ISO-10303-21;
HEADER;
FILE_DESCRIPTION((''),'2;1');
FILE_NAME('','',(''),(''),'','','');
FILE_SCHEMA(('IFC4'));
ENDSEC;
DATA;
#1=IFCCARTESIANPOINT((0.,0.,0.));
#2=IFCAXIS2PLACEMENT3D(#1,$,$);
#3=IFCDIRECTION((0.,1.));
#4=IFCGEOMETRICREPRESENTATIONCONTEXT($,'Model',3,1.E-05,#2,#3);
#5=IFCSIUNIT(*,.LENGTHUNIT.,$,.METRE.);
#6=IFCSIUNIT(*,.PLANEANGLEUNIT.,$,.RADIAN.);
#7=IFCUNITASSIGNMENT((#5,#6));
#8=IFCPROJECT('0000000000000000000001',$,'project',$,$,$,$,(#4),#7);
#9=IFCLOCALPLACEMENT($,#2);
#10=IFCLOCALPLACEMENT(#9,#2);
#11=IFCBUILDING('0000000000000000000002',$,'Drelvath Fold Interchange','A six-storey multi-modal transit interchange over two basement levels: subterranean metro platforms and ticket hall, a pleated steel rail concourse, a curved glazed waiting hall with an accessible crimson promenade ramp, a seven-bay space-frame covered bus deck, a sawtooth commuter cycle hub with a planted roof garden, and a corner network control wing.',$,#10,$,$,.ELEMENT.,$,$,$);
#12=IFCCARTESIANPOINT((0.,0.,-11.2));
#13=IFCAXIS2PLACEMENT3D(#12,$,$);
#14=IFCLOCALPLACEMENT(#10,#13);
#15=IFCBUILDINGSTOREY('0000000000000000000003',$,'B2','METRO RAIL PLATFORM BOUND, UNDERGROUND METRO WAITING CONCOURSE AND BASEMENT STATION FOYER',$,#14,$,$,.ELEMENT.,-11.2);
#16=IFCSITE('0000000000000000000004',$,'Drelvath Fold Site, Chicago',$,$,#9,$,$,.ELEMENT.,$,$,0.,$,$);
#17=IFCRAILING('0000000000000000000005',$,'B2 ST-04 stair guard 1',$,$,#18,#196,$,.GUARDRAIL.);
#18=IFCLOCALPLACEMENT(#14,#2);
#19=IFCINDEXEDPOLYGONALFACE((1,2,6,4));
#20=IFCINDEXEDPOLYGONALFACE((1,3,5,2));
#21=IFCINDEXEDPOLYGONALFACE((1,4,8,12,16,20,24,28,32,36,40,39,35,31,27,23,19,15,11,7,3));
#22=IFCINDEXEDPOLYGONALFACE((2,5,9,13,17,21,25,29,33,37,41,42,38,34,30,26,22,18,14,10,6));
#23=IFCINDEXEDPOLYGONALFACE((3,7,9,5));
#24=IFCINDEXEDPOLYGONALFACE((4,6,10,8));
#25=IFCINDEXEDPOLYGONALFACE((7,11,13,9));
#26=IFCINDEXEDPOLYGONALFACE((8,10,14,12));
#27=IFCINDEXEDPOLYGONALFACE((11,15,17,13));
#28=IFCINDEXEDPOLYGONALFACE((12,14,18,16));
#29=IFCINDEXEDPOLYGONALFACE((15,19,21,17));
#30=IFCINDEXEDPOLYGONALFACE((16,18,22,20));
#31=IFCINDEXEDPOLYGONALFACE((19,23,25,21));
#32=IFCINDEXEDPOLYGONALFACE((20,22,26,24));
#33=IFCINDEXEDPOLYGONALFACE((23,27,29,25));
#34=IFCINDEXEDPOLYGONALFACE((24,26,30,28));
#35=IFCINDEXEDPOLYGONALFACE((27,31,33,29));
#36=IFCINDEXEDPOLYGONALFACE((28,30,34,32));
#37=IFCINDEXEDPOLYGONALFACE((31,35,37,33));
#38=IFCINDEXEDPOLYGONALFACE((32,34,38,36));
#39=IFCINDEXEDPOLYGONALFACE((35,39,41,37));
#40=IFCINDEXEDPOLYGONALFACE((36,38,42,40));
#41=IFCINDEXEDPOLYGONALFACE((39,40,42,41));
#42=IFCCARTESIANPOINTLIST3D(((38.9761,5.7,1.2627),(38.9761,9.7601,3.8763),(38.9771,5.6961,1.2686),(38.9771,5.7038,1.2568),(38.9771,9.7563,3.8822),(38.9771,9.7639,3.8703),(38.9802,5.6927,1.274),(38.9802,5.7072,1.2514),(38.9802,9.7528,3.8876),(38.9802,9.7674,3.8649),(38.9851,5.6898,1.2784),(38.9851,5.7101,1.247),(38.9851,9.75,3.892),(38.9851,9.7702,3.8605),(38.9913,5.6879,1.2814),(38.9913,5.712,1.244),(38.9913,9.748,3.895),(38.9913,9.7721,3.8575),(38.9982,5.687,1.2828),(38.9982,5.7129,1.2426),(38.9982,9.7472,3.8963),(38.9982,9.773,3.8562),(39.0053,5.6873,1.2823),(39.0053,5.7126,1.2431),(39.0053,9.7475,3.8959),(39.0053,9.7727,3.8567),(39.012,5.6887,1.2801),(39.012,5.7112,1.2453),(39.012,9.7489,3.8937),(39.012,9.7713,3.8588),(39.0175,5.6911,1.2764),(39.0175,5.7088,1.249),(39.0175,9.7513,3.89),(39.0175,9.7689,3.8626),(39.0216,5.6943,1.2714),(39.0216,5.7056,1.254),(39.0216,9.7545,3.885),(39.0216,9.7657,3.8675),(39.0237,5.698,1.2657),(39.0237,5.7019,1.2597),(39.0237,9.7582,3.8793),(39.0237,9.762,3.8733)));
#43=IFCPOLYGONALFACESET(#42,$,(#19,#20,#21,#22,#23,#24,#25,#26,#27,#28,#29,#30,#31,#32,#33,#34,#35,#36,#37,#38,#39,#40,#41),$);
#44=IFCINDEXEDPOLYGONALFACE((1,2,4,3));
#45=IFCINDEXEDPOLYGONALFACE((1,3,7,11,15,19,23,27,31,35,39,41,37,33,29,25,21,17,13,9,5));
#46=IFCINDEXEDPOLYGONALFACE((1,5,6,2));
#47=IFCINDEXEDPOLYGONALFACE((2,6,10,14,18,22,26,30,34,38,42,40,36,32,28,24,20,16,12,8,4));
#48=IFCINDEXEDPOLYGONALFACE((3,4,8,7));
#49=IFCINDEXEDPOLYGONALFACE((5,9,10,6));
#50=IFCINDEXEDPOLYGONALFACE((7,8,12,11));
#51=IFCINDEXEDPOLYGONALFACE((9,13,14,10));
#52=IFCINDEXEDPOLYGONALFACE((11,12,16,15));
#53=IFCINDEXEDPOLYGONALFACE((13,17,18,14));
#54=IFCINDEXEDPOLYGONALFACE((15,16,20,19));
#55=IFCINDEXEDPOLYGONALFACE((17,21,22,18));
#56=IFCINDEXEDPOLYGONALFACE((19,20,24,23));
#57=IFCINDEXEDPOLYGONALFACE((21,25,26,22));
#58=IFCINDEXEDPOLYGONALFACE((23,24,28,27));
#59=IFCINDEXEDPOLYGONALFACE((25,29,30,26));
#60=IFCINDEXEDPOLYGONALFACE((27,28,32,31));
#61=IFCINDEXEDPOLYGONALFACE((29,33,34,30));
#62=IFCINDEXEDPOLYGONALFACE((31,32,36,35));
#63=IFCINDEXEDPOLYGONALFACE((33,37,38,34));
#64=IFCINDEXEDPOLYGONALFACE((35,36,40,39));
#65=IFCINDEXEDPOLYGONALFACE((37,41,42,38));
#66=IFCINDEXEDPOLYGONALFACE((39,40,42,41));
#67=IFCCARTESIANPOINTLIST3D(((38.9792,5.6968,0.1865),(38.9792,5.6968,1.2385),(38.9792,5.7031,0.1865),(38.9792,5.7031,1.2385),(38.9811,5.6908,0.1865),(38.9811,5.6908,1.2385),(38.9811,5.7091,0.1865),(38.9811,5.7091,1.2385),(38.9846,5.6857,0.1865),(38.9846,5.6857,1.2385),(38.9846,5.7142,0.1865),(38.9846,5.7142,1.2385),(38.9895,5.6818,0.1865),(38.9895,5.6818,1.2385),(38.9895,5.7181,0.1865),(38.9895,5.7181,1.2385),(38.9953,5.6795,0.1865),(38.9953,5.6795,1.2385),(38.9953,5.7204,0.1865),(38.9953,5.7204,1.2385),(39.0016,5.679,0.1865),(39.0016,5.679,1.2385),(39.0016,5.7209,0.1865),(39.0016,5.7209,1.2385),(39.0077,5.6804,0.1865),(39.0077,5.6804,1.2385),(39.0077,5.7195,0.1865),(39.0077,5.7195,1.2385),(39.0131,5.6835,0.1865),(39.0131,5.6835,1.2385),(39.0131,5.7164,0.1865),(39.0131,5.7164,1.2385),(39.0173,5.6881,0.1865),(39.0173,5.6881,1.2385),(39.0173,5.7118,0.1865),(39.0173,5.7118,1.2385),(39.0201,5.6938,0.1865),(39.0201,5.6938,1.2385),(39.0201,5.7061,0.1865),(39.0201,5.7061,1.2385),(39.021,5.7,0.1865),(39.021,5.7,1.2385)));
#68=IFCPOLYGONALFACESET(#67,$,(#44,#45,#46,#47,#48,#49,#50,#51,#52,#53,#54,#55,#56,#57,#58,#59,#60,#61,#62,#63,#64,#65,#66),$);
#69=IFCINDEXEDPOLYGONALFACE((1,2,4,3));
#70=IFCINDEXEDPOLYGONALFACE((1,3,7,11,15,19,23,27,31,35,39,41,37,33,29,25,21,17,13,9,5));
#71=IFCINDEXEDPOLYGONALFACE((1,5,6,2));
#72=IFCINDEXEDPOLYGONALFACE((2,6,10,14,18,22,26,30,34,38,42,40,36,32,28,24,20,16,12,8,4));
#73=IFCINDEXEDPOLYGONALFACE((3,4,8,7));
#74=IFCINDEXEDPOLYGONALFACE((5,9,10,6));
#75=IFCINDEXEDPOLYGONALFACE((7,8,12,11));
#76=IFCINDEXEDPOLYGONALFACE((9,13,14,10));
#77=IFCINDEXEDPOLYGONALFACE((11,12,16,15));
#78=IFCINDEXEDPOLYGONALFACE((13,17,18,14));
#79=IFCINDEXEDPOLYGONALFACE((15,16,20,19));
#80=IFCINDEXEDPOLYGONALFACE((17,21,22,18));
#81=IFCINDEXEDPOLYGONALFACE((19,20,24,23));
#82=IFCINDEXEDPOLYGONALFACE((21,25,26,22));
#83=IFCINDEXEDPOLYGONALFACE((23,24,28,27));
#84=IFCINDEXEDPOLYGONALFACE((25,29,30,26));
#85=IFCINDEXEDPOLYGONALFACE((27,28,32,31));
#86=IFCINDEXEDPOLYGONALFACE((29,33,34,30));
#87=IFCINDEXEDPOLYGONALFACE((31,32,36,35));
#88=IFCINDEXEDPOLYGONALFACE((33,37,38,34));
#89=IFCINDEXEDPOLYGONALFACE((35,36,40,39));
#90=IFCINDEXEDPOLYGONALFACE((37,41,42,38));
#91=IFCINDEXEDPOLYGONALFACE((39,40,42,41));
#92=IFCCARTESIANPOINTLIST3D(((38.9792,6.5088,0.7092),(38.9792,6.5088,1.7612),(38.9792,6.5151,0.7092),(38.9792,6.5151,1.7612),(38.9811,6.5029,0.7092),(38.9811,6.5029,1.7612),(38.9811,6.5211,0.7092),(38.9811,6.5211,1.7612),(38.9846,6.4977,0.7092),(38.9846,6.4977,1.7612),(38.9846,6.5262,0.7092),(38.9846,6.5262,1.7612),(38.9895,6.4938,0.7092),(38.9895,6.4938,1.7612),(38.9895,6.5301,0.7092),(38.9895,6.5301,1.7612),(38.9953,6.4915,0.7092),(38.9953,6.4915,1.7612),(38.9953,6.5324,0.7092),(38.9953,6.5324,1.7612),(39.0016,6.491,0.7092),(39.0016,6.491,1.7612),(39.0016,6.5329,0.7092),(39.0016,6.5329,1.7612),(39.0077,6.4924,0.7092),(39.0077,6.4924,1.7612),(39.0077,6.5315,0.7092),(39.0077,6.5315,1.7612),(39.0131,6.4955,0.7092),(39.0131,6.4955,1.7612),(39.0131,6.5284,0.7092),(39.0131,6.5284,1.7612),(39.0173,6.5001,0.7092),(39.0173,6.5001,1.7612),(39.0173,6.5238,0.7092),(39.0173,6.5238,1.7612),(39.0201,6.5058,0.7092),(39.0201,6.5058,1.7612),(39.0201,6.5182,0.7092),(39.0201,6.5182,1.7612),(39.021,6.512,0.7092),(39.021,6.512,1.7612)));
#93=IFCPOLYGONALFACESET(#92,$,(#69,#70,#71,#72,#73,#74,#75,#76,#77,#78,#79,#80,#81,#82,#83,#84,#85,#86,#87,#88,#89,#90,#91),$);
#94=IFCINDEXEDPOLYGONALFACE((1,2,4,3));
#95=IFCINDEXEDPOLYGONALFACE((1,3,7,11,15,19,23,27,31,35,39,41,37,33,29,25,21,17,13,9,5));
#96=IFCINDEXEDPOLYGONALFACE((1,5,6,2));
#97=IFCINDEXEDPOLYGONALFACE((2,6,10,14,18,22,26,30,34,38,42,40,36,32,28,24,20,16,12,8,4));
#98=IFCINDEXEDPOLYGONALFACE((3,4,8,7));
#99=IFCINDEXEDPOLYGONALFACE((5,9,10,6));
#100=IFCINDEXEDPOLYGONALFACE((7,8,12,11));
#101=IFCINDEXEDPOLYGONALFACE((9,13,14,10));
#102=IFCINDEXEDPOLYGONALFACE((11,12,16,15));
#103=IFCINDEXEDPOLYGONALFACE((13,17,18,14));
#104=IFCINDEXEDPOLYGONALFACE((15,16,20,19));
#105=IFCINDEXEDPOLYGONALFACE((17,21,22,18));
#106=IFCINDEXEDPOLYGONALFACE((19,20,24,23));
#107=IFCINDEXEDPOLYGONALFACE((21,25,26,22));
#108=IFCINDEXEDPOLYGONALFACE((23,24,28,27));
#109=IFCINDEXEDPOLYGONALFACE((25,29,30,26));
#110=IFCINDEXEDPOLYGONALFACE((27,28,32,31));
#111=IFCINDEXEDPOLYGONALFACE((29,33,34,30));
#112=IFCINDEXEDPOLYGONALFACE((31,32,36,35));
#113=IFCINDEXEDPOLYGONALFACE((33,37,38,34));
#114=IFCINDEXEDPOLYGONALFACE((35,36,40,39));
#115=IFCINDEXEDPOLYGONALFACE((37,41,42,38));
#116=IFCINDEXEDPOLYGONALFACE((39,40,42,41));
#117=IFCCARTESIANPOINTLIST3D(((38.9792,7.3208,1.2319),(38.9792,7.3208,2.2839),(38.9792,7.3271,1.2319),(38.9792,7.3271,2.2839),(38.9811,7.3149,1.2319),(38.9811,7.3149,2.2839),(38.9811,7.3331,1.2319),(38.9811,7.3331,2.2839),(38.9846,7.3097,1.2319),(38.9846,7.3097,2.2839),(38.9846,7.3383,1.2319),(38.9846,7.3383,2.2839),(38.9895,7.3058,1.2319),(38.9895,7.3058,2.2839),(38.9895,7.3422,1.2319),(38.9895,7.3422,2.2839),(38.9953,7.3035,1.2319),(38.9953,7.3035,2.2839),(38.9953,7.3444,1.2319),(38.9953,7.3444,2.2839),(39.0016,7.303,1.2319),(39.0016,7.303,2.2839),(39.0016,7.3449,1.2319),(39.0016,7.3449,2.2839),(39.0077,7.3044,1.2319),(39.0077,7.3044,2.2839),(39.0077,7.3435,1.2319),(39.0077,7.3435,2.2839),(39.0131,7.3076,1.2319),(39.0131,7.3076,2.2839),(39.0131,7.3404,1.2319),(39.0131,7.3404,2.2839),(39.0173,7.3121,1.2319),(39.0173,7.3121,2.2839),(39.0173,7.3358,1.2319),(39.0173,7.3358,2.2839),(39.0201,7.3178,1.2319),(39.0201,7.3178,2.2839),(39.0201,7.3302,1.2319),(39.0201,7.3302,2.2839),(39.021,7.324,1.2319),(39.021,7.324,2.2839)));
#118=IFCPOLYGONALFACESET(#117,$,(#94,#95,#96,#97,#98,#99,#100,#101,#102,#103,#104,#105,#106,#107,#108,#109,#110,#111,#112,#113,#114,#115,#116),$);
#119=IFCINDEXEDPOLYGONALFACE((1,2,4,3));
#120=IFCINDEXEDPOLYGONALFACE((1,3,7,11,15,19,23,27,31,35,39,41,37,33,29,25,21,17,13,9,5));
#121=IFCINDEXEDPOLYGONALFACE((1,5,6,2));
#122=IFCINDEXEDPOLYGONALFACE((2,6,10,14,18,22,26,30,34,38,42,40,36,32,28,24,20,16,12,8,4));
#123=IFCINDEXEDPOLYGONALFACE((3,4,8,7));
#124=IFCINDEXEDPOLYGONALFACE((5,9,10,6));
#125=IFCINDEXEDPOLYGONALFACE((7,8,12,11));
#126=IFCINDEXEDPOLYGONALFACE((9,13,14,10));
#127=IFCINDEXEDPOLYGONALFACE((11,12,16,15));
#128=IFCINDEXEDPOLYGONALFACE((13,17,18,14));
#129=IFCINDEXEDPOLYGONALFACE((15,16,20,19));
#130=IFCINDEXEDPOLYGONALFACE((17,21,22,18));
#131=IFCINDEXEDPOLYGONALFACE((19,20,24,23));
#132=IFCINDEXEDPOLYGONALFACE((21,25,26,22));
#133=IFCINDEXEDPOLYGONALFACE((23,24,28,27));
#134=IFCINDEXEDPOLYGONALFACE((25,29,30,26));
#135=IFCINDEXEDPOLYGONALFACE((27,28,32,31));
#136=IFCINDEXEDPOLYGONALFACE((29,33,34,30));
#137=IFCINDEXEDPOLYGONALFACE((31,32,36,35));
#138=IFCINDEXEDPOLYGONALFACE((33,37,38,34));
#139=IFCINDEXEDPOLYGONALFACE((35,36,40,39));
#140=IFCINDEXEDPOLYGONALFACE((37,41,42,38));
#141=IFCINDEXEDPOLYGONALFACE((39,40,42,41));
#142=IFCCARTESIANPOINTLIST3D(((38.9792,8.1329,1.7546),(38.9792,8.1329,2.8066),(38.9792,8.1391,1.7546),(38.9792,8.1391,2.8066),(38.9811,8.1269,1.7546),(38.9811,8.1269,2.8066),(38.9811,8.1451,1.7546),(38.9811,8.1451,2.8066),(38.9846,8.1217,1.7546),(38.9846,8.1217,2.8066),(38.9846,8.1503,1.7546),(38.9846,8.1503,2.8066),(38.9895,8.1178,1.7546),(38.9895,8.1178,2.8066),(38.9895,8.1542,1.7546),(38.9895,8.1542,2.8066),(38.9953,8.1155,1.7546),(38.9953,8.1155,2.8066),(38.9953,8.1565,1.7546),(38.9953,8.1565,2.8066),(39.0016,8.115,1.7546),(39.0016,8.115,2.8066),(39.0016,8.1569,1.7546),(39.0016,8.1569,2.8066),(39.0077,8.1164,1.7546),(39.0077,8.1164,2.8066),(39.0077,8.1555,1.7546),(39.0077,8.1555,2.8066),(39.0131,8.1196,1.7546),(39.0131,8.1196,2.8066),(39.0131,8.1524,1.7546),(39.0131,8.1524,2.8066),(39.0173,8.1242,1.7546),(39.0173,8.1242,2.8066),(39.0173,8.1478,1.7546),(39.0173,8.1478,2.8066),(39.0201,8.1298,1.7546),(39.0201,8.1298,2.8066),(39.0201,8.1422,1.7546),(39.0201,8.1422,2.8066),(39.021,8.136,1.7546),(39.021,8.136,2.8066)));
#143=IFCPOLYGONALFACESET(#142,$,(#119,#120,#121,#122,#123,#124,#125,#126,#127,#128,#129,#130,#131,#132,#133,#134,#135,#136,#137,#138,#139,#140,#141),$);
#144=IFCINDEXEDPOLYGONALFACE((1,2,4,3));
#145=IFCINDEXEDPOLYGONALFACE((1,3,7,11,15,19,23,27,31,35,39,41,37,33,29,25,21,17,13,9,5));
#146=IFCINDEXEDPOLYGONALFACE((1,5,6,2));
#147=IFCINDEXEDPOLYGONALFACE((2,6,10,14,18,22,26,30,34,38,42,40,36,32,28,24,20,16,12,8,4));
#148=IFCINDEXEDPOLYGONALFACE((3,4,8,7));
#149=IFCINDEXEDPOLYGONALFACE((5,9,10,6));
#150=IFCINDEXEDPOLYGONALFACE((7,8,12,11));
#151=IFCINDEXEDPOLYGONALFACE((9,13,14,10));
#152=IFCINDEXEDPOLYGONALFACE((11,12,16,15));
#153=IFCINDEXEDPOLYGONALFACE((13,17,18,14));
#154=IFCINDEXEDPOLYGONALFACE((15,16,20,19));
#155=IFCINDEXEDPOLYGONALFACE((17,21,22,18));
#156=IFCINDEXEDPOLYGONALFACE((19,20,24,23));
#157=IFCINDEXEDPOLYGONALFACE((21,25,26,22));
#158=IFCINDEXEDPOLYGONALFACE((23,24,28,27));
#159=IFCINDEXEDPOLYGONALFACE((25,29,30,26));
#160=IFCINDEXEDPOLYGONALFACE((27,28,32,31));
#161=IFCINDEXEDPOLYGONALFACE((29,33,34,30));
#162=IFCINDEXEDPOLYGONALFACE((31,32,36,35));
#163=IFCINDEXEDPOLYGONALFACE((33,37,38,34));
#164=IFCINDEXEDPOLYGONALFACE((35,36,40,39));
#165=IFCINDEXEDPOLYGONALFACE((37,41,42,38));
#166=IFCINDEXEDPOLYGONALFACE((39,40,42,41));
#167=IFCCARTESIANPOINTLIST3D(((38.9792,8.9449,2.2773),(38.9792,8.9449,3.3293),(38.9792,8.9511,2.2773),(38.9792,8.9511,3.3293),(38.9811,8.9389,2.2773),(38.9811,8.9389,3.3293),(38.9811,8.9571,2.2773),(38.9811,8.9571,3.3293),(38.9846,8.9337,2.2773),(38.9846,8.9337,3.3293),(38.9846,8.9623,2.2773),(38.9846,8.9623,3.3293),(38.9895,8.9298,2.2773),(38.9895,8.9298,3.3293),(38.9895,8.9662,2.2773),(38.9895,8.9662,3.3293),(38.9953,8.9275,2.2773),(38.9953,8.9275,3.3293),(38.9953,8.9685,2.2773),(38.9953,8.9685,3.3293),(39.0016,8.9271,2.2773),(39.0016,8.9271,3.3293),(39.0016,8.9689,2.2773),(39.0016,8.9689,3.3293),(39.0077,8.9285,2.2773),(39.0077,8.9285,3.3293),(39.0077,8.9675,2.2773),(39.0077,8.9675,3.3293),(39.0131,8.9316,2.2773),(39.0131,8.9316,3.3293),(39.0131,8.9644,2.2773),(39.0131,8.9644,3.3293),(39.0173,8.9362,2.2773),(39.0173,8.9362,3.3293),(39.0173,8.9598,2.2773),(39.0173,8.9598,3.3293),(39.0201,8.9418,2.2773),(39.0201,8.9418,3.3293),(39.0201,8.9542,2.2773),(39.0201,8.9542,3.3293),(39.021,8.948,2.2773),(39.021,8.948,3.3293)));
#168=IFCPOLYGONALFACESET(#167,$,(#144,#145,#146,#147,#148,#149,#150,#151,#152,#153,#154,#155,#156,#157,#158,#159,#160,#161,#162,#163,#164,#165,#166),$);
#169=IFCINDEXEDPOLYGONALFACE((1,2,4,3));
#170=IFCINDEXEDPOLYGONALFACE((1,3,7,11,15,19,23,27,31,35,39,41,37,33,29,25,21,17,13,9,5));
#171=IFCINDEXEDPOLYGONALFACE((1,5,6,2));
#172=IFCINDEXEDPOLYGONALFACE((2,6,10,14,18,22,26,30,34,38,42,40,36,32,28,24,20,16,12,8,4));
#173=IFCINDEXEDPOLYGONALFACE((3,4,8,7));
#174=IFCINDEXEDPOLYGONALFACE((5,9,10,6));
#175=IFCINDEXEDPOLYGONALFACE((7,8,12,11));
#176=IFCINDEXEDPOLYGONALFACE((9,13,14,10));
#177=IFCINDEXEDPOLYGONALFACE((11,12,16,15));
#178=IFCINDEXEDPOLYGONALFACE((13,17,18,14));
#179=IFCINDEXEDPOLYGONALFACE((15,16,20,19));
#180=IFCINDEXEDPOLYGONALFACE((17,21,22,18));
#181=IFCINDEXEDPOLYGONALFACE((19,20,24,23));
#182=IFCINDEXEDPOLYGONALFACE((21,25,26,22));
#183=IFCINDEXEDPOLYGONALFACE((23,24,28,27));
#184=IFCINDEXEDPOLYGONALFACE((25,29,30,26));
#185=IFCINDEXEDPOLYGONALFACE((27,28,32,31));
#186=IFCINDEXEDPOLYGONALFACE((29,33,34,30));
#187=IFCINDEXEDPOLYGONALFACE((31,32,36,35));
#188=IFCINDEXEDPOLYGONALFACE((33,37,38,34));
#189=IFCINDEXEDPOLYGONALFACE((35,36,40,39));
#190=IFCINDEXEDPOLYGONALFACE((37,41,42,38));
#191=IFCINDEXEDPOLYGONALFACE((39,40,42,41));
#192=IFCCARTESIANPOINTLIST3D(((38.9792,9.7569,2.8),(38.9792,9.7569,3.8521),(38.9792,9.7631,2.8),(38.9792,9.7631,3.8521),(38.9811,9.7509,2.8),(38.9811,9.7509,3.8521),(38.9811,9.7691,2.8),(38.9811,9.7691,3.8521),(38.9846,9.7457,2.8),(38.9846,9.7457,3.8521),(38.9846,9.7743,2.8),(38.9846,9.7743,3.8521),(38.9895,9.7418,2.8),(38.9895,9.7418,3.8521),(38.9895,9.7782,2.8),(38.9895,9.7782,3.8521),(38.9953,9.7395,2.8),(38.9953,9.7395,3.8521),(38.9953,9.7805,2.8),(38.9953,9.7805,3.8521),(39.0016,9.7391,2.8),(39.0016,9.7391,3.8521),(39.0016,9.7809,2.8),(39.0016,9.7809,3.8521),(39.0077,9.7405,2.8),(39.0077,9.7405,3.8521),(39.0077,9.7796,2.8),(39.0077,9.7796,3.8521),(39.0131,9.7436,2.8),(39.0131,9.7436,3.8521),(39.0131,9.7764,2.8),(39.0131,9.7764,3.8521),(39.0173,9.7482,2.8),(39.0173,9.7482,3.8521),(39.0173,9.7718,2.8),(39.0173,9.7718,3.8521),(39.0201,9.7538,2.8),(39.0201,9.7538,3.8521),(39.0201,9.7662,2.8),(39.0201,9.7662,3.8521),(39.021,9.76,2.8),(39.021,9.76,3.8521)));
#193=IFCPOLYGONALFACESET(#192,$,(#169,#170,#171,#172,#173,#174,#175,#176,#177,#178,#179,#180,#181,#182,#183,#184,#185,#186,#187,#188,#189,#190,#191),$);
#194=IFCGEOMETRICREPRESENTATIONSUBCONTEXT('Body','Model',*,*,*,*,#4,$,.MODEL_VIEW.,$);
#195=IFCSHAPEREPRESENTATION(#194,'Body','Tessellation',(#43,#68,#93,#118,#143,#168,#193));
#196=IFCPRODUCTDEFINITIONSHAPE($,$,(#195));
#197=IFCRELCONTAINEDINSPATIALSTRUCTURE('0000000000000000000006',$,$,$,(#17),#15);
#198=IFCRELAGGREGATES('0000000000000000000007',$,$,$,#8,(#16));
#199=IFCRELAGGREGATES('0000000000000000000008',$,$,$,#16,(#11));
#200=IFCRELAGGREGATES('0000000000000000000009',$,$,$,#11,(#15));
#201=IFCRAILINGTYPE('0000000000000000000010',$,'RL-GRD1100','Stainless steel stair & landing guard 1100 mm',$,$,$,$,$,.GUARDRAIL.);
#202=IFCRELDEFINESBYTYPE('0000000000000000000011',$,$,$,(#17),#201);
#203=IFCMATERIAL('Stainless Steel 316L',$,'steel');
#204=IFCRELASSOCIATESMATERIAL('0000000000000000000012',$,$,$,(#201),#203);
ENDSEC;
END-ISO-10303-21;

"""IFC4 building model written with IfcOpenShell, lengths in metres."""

from ifc_helpers import new_model, si_unit, direction, frame, origin, origin_2d, place, context, subcontext, project, spatial, circle, extrude, material, type_object, element, save


model = new_model("IFC4")

# Units and contexts
model_context = context("Model", 3, precision=1e-05, world=origin(), true_north=direction((0.0, 1.0)))
body_context = subcontext(model_context, "Body", "Model", "MODEL_VIEW")
ifc_project = project(units=[si_unit("LENGTHUNIT", "METRE"), si_unit("PLANEANGLEUNIT", "RADIAN")], contexts=[model_context])

# Site, building, storey
site_placement = place(None, origin())
site = spatial("IfcSite", under=ifc_project, at=site_placement, Name="Drelvath Fold Site, Chicago", CompositionType="ELEMENT", RefElevation=0.0)
building_placement = place(site_placement, origin())
building = spatial("IfcBuilding", under=site, at=building_placement, Name="Drelvath Fold Interchange", Description="A six-storey multi-modal transit interchange over two basement levels: subterranean metro platforms and ticket hall, a pleated steel rail concourse, a curved glazed waiting hall with an accessible crimson promenade ramp, a seven-bay space-frame covered bus deck, a sawtooth commuter cycle hub with a planted roof garden, and a corner network control wing.", CompositionType="ELEMENT")
storey_placement = place(building_placement, frame((0.0, 0.0, -11.2)))
storey = spatial("IfcBuildingStorey", under=building, at=storey_placement, Name="B2", Description="METRO RAIL PLATFORM BOUND, UNDERGROUND METRO WAITING CONCOURSE AND BASEMENT STATION FOYER", CompositionType="ELEMENT", Elevation=-11.2)

# Railing
ifc_material_1 = material(Name="Stainless Steel 316L", Category="steel")
railing_type_1 = type_object("IfcRailingType", Name="RL-GRD1100", Description="Stainless steel stair & landing guard 1100 mm", PredefinedType="GUARDRAIL", material=ifc_material_1)
railing_1_placement = place(storey_placement, frame((39.0, 5.7, 0.1865)))
element("IfcRailing", 1, at=railing_1_placement, inside=storey, type_object=railing_type_1, Name="B2 ST-04 stair guard 1", PredefinedType="GUARDRAIL", context=body_context, shape_type="SweptSolid", body=[
    extrude(circle(Radius=0.0239, at=origin_2d()), frame((0.0, 0.0, 1.0762), z_axis=(0.0, 0.84085, 0.541269), x_axis=(-1.0, 0.0, 0.0)), (0.0, 0.0, 1.0), 4.8286),
    extrude(circle(Radius=0.021, at=origin_2d()), origin(), (0.0, 0.0, 1.0), 1.052),
    extrude(circle(Radius=0.021, at=origin_2d()), frame((0.0, 0.812, 0.5227)), (0.0, 0.0, 1.0), 1.052),
    extrude(circle(Radius=0.021, at=origin_2d()), frame((0.0, 1.624, 1.0454)), (0.0, 0.0, 1.0), 1.052),
    extrude(circle(Radius=0.021, at=origin_2d()), frame((0.0, 2.436, 1.5681)), (0.0, 0.0, 1.0), 1.052),
    extrude(circle(Radius=0.021, at=origin_2d()), frame((0.0, 3.248, 2.0908)), (0.0, 0.0, 1.0), 1.052),
    extrude(circle(Radius=0.021, at=origin_2d()), frame((0.0, 4.0601, 2.6135)), (0.0, 0.0, 1.0), 1.052),
])

save(model, "model.ifc")
